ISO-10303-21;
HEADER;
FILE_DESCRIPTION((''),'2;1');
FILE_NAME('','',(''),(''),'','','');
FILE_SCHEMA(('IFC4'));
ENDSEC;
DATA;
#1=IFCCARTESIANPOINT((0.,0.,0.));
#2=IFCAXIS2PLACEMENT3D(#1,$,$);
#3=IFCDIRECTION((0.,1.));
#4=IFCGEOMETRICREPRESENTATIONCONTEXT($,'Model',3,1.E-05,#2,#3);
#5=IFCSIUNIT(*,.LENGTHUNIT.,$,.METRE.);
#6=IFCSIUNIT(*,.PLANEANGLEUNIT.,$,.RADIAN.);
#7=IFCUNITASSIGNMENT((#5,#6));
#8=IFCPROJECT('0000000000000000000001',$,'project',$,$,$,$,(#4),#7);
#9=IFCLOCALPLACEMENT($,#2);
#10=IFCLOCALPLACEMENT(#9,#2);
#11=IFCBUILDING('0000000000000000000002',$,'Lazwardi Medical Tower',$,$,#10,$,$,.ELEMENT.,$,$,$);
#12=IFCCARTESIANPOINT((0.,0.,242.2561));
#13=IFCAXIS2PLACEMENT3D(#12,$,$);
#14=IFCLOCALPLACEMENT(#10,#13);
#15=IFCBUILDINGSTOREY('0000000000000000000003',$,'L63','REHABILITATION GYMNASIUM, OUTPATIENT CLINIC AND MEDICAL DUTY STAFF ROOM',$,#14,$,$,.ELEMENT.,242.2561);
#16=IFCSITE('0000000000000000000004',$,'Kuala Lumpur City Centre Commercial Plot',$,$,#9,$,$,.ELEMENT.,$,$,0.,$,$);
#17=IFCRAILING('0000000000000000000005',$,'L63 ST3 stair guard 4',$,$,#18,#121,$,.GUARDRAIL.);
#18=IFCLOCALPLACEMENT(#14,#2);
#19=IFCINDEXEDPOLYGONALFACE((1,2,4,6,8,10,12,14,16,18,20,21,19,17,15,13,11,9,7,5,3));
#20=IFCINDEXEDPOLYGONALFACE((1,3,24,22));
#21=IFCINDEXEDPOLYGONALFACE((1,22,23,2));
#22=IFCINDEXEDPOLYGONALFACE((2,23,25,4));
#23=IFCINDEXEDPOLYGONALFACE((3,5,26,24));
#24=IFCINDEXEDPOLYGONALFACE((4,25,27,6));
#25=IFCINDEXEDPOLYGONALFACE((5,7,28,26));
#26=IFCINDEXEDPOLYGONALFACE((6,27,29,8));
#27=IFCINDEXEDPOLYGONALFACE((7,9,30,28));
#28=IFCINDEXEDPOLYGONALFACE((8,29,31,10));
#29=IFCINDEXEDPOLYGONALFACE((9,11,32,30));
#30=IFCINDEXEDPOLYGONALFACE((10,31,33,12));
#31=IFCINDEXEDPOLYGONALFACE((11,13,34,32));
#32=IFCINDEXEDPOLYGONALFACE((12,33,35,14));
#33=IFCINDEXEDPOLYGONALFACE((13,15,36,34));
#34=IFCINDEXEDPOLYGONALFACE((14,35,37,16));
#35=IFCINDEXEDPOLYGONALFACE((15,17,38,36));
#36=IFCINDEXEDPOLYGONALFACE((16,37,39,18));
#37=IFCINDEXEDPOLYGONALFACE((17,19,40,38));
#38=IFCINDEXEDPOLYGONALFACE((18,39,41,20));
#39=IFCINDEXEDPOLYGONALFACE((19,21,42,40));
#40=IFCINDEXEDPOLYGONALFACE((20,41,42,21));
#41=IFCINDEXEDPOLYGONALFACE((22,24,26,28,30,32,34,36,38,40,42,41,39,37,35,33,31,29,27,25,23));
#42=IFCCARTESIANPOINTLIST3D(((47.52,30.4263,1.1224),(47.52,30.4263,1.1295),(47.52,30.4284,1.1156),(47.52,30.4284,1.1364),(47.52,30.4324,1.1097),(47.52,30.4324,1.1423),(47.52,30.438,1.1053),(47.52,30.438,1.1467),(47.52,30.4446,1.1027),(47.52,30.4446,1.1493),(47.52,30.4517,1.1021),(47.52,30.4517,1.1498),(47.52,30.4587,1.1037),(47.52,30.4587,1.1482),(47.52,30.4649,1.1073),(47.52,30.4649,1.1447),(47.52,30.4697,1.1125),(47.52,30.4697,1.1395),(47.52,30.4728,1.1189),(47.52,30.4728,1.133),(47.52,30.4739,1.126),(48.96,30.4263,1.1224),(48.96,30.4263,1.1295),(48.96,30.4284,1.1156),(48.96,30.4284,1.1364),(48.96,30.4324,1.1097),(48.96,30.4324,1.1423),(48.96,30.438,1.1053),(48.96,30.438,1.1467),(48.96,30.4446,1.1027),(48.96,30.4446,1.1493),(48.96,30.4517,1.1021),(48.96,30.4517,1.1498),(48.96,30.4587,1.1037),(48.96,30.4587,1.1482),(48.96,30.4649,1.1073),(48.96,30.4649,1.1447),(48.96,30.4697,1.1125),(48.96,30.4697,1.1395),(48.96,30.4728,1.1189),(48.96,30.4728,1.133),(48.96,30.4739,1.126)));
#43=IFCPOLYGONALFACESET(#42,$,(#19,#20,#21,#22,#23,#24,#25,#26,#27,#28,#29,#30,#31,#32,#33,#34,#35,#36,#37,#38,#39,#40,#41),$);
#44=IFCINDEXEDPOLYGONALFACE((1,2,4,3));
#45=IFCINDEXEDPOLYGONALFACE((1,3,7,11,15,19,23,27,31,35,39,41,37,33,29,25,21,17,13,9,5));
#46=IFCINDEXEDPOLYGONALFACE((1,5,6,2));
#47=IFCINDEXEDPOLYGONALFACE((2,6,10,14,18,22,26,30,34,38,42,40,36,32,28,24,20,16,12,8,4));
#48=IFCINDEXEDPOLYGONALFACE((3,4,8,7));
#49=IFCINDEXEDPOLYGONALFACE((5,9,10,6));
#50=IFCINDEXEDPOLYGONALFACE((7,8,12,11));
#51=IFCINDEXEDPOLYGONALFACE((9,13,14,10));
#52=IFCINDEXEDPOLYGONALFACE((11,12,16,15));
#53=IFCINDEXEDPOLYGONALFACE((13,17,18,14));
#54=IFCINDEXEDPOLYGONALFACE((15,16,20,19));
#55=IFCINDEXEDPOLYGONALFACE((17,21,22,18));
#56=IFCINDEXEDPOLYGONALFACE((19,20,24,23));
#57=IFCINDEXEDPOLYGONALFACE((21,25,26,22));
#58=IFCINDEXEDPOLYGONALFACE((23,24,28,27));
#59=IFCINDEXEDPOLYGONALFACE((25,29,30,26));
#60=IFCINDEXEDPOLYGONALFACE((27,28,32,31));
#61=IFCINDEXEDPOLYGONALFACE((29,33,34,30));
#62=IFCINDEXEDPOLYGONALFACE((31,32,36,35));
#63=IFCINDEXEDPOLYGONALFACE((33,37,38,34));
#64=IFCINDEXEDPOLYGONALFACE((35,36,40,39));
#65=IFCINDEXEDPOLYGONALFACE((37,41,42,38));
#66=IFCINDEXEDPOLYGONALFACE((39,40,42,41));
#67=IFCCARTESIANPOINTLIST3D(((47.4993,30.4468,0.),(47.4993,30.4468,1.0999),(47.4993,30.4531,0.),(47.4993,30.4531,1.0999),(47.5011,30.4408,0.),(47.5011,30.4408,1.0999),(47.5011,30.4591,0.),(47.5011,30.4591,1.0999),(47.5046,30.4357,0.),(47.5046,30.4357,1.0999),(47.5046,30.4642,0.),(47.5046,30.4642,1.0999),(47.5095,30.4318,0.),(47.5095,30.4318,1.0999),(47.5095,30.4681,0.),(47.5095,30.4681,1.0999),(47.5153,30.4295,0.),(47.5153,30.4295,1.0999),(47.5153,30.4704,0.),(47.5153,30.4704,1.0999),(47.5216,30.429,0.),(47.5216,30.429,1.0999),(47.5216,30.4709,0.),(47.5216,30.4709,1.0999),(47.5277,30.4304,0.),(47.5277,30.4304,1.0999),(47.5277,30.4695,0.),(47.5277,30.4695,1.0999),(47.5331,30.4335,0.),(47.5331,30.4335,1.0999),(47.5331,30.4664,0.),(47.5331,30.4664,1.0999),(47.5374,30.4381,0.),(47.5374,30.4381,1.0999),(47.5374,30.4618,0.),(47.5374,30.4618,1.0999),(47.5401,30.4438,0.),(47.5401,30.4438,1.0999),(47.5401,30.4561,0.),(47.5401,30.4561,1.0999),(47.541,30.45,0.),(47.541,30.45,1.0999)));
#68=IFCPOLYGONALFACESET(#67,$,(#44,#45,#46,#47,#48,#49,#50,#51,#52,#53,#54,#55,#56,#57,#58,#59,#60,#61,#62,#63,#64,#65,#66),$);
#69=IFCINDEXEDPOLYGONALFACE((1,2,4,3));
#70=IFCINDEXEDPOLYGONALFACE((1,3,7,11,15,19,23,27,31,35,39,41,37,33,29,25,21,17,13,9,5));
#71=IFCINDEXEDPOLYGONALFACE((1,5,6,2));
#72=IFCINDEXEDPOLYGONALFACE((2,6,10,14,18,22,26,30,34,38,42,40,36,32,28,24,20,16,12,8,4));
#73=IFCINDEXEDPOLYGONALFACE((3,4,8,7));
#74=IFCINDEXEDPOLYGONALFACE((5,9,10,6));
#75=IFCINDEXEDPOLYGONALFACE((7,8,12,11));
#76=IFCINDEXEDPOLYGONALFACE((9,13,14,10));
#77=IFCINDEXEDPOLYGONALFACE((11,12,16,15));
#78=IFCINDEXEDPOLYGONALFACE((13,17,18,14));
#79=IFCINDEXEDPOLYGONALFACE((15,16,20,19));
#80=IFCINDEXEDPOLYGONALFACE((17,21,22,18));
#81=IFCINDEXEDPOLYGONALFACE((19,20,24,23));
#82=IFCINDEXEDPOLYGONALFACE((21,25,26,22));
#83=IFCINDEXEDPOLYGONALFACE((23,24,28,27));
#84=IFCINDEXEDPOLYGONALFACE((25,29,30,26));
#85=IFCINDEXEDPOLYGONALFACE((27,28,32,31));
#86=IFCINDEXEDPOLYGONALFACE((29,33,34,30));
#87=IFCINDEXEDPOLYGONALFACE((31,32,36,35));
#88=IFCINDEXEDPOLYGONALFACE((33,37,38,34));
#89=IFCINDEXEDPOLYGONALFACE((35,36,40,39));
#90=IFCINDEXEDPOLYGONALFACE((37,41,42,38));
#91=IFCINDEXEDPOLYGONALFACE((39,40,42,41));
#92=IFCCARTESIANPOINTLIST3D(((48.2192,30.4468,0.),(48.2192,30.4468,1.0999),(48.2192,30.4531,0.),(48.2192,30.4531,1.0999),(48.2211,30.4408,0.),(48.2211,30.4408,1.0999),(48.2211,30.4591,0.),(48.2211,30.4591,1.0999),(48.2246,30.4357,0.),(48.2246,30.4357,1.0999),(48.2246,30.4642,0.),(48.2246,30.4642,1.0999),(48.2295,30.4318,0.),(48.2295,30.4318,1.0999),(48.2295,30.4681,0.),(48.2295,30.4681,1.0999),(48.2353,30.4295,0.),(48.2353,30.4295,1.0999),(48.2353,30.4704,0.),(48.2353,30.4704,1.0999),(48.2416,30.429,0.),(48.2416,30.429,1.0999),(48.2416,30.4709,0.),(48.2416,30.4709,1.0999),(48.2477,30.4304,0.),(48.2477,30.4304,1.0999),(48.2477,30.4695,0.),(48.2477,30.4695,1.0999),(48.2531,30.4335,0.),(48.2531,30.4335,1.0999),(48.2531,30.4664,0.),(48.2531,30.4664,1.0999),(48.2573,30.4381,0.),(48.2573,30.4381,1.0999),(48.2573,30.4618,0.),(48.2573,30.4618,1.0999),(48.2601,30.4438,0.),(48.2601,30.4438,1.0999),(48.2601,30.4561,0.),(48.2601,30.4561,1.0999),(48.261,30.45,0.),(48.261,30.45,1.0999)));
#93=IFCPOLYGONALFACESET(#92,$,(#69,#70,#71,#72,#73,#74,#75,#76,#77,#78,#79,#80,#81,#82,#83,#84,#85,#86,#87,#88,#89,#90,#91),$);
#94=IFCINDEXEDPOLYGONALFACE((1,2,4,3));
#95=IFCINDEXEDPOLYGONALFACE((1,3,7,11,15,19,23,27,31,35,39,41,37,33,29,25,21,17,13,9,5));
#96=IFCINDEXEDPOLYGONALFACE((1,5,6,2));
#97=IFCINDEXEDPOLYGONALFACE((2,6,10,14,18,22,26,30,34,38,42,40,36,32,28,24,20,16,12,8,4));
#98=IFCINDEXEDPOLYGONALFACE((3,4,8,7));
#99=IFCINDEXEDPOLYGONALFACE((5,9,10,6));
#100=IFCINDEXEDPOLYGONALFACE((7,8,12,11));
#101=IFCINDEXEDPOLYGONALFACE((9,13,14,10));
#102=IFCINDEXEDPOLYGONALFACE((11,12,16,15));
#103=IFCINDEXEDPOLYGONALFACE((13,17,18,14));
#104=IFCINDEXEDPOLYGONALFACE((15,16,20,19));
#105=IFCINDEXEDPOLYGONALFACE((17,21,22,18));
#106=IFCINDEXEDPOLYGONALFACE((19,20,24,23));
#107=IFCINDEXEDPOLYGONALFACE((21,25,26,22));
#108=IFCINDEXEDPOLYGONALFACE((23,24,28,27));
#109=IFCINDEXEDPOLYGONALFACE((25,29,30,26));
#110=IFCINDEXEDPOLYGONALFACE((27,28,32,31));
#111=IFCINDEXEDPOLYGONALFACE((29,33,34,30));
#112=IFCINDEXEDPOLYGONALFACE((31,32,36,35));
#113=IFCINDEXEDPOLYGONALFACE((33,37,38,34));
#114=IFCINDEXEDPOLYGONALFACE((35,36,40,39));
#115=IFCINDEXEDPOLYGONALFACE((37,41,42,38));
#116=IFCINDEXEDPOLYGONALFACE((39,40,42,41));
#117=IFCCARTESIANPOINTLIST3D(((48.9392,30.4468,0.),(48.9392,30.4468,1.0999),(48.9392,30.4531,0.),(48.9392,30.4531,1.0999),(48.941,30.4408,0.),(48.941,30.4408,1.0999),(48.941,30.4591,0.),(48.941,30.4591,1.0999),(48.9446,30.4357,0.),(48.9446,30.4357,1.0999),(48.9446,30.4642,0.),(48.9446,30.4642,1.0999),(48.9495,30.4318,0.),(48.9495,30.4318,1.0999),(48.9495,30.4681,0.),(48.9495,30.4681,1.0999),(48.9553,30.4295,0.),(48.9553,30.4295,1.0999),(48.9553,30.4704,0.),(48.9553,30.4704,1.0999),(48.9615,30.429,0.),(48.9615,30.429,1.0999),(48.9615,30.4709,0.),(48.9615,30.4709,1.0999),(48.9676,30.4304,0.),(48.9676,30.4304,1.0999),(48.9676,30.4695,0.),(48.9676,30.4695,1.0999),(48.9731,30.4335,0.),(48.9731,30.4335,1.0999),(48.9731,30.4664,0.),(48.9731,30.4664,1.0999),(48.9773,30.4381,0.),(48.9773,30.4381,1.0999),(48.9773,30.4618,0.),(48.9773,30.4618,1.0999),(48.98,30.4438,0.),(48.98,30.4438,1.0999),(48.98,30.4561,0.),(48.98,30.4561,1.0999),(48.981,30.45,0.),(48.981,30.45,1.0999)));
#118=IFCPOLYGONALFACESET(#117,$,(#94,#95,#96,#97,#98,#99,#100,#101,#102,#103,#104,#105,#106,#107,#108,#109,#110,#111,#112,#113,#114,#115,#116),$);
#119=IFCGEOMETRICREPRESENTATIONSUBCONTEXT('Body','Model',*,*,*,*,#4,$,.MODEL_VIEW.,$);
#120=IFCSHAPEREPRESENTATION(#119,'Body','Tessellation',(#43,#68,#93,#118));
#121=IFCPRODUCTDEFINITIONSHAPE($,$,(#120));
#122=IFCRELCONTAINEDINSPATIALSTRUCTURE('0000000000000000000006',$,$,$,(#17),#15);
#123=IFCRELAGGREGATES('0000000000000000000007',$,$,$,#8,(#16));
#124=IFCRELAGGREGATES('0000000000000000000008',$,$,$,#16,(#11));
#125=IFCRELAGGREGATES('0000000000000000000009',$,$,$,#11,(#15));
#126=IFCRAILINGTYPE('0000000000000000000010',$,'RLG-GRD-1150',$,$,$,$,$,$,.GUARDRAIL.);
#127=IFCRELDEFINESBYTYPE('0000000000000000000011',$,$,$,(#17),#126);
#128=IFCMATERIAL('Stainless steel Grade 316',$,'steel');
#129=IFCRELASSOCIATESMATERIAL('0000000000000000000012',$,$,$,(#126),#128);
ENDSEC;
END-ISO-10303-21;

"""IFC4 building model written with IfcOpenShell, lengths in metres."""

from ifc_helpers import new_model, si_unit, direction, frame, origin, origin_2d, place, context, subcontext, project, spatial, circle, extrude, material, type_object, element, save


model = new_model("IFC4")

# Units and contexts
model_context = context("Model", 3, precision=1e-05, world=origin(), true_north=direction((0.0, 1.0)))
body_context = subcontext(model_context, "Body", "Model", "MODEL_VIEW")
ifc_project = project(units=[si_unit("LENGTHUNIT", "METRE"), si_unit("PLANEANGLEUNIT", "RADIAN")], contexts=[model_context])

# Site, building, storey
site_placement = place(None, origin())
site = spatial("IfcSite", under=ifc_project, at=site_placement, Name="Kuala Lumpur City Centre Commercial Plot", CompositionType="ELEMENT", RefElevation=0.0)
building_placement = place(site_placement, origin())
building = spatial("IfcBuilding", under=site, at=building_placement, Name="Lazwardi Medical Tower", CompositionType="ELEMENT")
storey_placement = place(building_placement, frame((0.0, 0.0, 242.2561)))
storey = spatial("IfcBuildingStorey", under=building, at=storey_placement, Name="L63", Description="REHABILITATION GYMNASIUM, OUTPATIENT CLINIC AND MEDICAL DUTY STAFF ROOM", CompositionType="ELEMENT", Elevation=242.2561)

# Railing
ifc_material_1 = material(Name="Stainless steel Grade 316", Category="steel")
railing_type = type_object("IfcRailingType", Name="RLG-GRD-1150", PredefinedType="GUARDRAIL", material=ifc_material_1)
railing_1_placement = place(storey_placement, frame((47.52, 30.45, 0.0)))
element("IfcRailing", 1, at=railing_1_placement, inside=storey, type_object=railing_type, Name="L63 ST3 stair guard 4", PredefinedType="GUARDRAIL", context=body_context, shape_type="SweptSolid", body=[
    extrude(circle(Radius=0.0239, at=origin_2d()), frame((0.0, 0.0, 1.126), z_axis=(1.0, 0.0, 0.0), x_axis=(0.0, 1.0, 0.0)), (0.0, 0.0, 1.0), 1.4399),
    extrude(circle(Radius=0.021, at=origin_2d()), origin(), (0.0, 0.0, 1.0), 1.0999),
    extrude(circle(Radius=0.021, at=origin_2d()), frame((0.72, 0.0, 0.0)), (0.0, 0.0, 1.0), 1.0999),
    extrude(circle(Radius=0.021, at=origin_2d()), frame((1.4399, 0.0, 0.0)), (0.0, 0.0, 1.0), 1.0999),
])

save(model, "model.ifc")
